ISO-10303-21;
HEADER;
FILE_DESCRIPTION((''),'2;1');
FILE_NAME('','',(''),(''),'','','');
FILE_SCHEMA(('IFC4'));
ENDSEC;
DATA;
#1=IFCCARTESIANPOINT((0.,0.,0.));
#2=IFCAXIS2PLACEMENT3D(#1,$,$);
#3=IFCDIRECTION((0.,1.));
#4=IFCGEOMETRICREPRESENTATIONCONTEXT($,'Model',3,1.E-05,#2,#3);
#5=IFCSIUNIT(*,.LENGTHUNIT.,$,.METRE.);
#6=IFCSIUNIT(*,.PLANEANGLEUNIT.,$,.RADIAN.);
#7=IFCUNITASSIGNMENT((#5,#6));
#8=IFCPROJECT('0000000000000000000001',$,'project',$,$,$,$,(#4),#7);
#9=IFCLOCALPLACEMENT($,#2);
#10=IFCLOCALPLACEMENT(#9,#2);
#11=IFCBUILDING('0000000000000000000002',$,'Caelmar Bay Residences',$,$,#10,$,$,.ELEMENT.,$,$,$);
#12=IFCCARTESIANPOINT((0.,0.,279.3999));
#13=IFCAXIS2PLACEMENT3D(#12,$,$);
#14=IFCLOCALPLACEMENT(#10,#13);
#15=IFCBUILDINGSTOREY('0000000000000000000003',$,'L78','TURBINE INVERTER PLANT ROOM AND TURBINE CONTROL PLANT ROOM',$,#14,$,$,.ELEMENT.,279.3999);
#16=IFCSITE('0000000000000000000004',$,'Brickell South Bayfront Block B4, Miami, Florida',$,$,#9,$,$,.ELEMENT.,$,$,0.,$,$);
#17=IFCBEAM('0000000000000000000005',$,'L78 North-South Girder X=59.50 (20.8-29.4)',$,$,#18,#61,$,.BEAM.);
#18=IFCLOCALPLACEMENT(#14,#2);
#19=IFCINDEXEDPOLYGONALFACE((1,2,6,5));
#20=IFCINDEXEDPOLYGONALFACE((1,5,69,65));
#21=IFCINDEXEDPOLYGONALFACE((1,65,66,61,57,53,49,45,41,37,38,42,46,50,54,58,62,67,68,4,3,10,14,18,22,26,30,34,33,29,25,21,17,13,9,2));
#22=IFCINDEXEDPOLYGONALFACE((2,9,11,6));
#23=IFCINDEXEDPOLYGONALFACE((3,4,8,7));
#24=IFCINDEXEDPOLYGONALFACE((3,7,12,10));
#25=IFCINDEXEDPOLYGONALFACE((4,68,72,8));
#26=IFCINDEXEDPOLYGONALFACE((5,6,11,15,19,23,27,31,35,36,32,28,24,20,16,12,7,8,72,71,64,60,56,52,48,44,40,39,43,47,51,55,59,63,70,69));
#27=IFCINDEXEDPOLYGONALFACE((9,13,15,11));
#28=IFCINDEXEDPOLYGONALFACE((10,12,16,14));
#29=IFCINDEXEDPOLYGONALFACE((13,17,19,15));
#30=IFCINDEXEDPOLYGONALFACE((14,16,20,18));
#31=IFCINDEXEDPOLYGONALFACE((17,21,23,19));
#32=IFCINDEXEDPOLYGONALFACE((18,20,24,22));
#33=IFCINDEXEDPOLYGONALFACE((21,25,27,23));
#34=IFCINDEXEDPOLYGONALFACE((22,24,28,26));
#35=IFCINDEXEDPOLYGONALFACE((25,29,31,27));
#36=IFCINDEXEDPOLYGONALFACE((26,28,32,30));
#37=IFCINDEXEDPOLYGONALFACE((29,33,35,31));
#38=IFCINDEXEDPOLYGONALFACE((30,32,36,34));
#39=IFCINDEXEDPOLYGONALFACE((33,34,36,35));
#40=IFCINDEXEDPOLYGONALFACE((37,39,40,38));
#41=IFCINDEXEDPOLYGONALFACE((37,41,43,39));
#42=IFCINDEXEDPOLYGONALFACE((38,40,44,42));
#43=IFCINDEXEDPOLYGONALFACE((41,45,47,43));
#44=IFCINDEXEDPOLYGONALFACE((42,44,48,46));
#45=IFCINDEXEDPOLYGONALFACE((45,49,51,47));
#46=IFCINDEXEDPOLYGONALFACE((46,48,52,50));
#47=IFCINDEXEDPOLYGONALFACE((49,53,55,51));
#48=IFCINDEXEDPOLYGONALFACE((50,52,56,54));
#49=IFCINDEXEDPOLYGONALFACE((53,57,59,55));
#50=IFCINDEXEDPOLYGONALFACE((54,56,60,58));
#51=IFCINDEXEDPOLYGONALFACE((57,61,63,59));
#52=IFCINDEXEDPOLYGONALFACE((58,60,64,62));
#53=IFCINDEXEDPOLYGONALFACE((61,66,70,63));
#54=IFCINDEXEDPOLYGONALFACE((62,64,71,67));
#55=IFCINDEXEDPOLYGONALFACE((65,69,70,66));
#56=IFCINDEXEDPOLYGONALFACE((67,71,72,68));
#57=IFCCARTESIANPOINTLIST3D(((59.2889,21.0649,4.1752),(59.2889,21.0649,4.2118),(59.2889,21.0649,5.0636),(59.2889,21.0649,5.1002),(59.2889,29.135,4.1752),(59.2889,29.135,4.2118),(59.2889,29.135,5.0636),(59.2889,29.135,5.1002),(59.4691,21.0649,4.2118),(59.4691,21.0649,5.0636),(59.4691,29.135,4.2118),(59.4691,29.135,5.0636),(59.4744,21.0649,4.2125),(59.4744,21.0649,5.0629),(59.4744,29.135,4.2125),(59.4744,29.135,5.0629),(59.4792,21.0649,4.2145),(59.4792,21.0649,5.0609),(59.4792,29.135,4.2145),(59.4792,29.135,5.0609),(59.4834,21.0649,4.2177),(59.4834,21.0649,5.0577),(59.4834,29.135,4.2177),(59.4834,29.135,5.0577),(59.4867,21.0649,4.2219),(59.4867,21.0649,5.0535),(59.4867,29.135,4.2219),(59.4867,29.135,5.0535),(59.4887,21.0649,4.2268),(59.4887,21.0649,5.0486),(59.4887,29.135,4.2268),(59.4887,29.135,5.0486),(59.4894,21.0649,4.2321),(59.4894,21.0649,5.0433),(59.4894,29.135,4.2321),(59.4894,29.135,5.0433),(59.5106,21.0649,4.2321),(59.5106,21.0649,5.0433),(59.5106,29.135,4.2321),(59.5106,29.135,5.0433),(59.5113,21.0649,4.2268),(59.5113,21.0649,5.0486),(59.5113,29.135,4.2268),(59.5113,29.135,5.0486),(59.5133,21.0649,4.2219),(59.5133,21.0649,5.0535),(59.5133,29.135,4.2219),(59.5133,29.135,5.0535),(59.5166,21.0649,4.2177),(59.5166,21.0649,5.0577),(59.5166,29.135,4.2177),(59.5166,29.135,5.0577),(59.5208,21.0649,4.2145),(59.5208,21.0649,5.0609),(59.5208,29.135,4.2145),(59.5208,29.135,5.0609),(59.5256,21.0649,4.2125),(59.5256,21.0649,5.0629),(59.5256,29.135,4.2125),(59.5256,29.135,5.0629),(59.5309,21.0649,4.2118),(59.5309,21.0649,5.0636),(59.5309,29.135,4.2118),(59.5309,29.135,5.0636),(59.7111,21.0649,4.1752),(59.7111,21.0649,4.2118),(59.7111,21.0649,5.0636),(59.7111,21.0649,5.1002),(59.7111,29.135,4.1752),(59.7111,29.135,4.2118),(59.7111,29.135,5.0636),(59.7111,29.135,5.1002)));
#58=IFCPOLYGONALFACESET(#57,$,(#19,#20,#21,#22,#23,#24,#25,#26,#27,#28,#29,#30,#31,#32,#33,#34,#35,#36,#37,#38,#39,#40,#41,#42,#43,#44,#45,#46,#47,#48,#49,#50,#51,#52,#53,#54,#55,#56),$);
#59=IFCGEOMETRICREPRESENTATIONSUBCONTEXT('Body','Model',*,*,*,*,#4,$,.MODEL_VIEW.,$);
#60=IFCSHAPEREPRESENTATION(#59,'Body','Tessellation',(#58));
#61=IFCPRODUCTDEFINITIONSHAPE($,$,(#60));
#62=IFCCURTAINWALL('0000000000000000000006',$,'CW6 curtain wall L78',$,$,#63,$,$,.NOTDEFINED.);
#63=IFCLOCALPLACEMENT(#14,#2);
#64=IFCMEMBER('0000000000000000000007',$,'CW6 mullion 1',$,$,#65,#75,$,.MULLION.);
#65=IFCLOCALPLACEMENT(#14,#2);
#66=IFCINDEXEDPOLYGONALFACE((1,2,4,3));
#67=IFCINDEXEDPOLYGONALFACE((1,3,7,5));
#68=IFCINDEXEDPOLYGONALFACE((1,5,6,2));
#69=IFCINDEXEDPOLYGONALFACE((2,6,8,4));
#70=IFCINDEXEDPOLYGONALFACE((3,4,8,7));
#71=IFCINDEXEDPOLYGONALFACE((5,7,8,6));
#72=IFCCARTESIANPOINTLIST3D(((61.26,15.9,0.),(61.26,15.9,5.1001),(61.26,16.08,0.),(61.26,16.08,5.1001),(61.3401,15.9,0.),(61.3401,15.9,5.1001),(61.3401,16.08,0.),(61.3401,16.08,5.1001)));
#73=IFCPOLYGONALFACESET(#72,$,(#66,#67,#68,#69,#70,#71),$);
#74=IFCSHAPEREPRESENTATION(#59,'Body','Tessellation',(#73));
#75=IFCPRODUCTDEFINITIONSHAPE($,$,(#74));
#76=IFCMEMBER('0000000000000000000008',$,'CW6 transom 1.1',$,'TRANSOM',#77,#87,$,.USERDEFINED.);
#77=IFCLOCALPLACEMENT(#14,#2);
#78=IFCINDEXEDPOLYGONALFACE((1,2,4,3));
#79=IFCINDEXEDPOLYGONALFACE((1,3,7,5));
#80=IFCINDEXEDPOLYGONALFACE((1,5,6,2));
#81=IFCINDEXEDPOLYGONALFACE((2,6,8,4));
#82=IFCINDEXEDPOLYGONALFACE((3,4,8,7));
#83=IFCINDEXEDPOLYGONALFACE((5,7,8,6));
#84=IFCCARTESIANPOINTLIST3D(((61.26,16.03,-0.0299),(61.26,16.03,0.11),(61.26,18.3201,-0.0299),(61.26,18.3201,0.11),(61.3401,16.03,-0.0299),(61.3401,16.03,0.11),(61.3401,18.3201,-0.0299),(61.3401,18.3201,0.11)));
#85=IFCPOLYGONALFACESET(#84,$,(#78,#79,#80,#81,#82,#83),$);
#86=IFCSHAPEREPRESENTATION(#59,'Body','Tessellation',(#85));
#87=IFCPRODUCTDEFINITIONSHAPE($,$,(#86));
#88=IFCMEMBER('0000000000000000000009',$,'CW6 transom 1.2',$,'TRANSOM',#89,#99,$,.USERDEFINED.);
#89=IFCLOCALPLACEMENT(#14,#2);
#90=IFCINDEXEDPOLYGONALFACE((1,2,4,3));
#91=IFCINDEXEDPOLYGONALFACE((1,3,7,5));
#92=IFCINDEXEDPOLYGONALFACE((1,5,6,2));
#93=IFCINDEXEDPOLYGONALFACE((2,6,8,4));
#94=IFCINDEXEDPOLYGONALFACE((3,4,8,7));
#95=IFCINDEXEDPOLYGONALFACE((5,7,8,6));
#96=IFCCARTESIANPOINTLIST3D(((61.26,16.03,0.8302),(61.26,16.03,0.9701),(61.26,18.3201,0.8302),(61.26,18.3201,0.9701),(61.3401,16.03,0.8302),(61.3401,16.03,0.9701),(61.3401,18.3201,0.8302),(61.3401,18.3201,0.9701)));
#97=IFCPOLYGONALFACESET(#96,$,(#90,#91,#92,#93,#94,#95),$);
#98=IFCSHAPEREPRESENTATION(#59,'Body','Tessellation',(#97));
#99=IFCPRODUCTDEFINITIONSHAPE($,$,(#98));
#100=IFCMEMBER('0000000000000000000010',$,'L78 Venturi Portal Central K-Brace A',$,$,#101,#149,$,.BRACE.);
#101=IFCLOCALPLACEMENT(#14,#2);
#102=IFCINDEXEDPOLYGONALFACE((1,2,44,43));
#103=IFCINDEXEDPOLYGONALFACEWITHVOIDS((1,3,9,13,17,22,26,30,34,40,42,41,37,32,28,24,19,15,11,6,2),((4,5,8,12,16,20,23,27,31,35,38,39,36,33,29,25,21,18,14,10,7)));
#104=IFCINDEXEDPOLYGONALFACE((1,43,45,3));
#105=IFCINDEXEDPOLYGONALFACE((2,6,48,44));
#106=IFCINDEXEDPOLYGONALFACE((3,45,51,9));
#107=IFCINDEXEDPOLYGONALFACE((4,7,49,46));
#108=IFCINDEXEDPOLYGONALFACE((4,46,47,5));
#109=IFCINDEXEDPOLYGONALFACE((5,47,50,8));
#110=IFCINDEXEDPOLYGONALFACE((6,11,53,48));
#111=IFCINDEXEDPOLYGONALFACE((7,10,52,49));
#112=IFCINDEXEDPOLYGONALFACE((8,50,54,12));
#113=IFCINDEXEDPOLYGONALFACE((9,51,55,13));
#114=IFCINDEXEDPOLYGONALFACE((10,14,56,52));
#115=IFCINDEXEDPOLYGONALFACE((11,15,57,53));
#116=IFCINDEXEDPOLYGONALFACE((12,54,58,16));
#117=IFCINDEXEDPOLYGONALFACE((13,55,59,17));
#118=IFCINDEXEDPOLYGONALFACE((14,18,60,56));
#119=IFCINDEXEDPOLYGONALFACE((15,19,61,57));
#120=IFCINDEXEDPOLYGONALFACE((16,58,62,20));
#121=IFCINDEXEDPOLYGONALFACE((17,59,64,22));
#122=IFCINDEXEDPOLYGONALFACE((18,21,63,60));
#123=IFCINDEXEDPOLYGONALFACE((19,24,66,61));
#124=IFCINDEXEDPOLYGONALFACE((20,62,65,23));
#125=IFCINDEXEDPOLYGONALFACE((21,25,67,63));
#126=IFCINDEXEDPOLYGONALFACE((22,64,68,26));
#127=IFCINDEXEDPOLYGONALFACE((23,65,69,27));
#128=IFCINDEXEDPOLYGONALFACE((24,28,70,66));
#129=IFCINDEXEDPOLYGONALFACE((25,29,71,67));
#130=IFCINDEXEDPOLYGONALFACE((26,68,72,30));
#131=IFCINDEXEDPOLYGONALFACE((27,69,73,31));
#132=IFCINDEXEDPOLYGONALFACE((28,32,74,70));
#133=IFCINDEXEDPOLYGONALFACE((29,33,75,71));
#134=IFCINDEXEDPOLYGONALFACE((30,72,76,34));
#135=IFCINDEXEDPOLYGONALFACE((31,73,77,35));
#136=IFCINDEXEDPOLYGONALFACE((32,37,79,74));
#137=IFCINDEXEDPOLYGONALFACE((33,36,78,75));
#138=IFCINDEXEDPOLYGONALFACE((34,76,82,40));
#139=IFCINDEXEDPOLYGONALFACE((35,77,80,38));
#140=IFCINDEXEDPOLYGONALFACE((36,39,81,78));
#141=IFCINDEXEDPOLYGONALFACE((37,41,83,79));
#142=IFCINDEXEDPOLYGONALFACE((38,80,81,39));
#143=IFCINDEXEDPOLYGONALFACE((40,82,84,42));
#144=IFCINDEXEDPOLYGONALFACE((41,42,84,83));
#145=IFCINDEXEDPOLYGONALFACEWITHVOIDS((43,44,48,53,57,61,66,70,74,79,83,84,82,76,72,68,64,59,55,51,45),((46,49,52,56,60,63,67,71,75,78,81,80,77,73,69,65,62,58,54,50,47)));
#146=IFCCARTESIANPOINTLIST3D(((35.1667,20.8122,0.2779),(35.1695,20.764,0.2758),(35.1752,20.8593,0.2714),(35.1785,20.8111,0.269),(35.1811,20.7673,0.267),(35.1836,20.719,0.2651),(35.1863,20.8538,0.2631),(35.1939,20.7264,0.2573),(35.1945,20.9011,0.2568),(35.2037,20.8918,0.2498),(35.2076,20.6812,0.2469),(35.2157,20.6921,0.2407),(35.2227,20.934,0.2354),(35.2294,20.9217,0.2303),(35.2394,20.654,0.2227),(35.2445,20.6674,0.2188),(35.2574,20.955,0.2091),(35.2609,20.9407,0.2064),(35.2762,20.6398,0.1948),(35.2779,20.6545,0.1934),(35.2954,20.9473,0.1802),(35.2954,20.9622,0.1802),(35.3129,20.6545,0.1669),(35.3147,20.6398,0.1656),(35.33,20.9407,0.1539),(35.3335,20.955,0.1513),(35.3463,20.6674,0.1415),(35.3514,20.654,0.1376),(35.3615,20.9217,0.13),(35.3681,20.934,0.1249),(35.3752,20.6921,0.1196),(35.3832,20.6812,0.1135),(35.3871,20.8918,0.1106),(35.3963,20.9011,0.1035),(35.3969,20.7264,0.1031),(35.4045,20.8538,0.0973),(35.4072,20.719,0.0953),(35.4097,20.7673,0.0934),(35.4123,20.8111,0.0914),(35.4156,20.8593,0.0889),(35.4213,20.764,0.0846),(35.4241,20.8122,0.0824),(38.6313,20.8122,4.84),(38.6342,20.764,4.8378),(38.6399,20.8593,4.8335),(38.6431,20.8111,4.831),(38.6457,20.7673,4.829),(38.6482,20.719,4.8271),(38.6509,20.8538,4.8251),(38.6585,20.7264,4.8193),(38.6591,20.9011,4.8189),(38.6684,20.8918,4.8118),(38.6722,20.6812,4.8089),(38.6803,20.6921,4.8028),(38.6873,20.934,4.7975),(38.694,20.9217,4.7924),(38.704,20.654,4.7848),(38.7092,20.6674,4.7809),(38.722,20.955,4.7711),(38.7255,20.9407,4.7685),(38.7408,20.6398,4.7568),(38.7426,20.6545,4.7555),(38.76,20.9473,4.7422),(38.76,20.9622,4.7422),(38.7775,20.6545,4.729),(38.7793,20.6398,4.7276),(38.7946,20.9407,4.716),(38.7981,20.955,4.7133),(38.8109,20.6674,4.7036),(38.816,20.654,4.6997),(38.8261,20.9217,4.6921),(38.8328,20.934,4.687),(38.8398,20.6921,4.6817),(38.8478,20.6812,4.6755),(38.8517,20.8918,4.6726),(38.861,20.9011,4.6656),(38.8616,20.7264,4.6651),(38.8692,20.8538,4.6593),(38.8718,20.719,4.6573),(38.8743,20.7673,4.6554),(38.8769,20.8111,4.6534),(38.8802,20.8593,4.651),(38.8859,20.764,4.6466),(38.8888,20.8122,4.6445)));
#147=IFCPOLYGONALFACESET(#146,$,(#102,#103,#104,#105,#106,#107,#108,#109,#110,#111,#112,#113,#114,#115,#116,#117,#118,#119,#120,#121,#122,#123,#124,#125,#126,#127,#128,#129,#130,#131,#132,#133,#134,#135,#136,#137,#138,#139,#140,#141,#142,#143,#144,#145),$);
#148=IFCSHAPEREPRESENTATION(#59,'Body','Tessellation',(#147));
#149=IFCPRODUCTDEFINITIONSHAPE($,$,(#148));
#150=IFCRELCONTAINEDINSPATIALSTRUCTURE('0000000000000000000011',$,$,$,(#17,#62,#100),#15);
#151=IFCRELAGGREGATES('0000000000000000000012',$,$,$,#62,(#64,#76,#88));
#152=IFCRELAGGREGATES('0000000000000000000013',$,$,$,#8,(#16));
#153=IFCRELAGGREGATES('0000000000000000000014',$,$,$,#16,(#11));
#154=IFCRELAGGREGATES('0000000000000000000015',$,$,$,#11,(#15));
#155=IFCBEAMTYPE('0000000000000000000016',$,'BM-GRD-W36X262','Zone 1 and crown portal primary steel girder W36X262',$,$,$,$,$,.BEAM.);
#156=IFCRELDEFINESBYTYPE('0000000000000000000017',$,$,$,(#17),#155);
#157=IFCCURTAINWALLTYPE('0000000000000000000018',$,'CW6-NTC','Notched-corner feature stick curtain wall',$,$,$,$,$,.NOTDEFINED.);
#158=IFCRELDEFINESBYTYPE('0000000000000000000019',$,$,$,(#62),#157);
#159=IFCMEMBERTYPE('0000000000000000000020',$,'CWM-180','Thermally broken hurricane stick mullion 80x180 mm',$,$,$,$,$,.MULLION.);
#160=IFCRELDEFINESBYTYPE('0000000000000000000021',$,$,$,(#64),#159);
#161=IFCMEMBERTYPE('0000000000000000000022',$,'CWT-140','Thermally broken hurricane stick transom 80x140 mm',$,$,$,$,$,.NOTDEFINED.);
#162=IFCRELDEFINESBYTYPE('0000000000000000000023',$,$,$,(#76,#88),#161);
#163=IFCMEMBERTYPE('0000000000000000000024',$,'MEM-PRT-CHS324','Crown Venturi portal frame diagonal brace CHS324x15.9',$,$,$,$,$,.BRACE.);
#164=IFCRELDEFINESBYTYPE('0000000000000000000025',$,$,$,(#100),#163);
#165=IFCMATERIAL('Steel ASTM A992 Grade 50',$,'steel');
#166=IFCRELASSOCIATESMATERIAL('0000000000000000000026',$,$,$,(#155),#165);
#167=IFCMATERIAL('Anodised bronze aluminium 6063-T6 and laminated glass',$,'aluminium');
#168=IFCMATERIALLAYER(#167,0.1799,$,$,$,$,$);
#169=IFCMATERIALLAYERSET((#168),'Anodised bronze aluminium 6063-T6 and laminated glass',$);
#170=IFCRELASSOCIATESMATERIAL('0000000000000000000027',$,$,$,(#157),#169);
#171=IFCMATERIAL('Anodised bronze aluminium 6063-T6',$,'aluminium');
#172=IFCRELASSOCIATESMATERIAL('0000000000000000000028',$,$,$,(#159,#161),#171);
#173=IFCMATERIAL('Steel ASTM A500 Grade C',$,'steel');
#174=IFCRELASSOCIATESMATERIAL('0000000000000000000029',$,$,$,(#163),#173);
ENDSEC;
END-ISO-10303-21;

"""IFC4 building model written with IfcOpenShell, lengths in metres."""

from ifc_helpers import new_model, si_unit, direction, frame, origin, origin_2d, place, context, subcontext, project, spatial, rectangle, hollow_circle, i_section, extrude, material, layer, layer_set, material_profile, profile_set, type_object, element, aggregate, save


model = new_model("IFC4")

# Units and contexts
model_context = context("Model", 3, precision=1e-05, world=origin(), true_north=direction((0.0, 1.0)))
body_context = subcontext(model_context, "Body", "Model", "MODEL_VIEW")
ifc_project = project(units=[si_unit("LENGTHUNIT", "METRE"), si_unit("PLANEANGLEUNIT", "RADIAN")], contexts=[model_context])

# Site, building, storey
site_placement = place(None, origin())
site = spatial("IfcSite", under=ifc_project, at=site_placement, Name="Brickell South Bayfront Block B4, Miami, Florida", CompositionType="ELEMENT", RefElevation=0.0)
building_placement = place(site_placement, origin())
building = spatial("IfcBuilding", under=site, at=building_placement, Name="Caelmar Bay Residences", CompositionType="ELEMENT")
storey_placement = place(building_placement, frame((0.0, 0.0, 279.3999)))
storey = spatial("IfcBuildingStorey", under=building, at=storey_placement, Name="L78", Description="TURBINE INVERTER PLANT ROOM AND TURBINE CONTROL PLANT ROOM", CompositionType="ELEMENT", Elevation=279.3999)

# Shared definitions
ifc_material_1 = material(Name="Steel ASTM A992 Grade 50", Category="steel")

# Beam
ifc_material_profile_1 = material_profile(ifc_material_1, i_section(OverallWidth=0.4221, OverallDepth=0.925, WebThickness=0.0212, FlangeThickness=0.0366, FilletRadius=0.0203, at=origin_2d()), Name="W36X262")
ifc_profile_set_1 = profile_set([ifc_material_profile_1], Name="Steel ASTM A992 Grade 50")
beam_type_1 = type_object("IfcBeamType", Name="BM-GRD-W36X262", Description="Zone 1 and crown portal primary steel girder W36X262", PredefinedType="BEAM", material=ifc_profile_set_1)
beam_1_placement = place(storey_placement, frame((59.5, 21.0649, 4.6377), z_axis=(0.0, 1.0, 0.0), x_axis=(-1.0, 0.0, 0.0)))
element("IfcBeam", 1, at=beam_1_placement, inside=storey, type_object=beam_type_1, Name="L78 North-South Girder X=59.50 (20.8-29.4)", PredefinedType="BEAM", context=body_context, shape_type="SweptSolid", body=[
    extrude(i_section(OverallWidth=0.4221, OverallDepth=0.925, WebThickness=0.0212, FlangeThickness=0.0366, FilletRadius=0.0203, at=origin_2d()), origin(), (0.0, 0.0, 1.0), 8.0701),
])

# Curtain wall, members
ifc_material_2 = material(Name="Anodised bronze aluminium 6063-T6 and laminated glass", Category="aluminium")
ifc_layer_1 = layer(ifc_material_2, 0.1799)
ifc_layer_set_1 = layer_set([ifc_layer_1], Name="Anodised bronze aluminium 6063-T6 and laminated glass")
curtain_wall_type = type_object("IfcCurtainWallType", Name="CW6-NTC", Description="Notched-corner feature stick curtain wall", PredefinedType="NOTDEFINED", material=ifc_layer_set_1)
curtain_wall_placement = place(storey_placement, origin())
curtain_wall = element("IfcCurtainWall", 2, at=curtain_wall_placement, inside=storey, type_object=curtain_wall_type, Name="CW6 curtain wall L78", PredefinedType="NOTDEFINED")
ifc_material_3 = material(Name="Anodised bronze aluminium 6063-T6", Category="aluminium")
ifc_material_profile_2 = material_profile(ifc_material_3, rectangle(XDim=0.0801, YDim=0.1799, at=origin_2d()), Name="CWM-80X180")
ifc_profile_set_2 = profile_set([ifc_material_profile_2], Name="Anodised bronze aluminium 6063-T6")
member_type_1 = type_object("IfcMemberType", Name="CWM-180", Description="Thermally broken hurricane stick mullion 80x180 mm", PredefinedType="MULLION", material=ifc_profile_set_2)
member_1_placement = place(storey_placement, frame((61.3, 15.99, 0.0), z_axis=(0.0, 0.0, 1.0), x_axis=(-1.0, 0.0, 0.0)))
member_1 = element("IfcMember", 3, at=member_1_placement, type_object=member_type_1, Name="CW6 mullion 1", PredefinedType="MULLION", context=body_context, shape_type="SweptSolid", body=[
    extrude(rectangle(XDim=0.0801, YDim=0.1799, at=origin_2d()), origin(), (0.0, 0.0, 1.0), 5.1001),
])
ifc_material_profile_3 = material_profile(ifc_material_3, rectangle(XDim=0.0801, YDim=0.1399, at=origin_2d()), Name="CWT-80X140")
ifc_profile_set_3 = profile_set([ifc_material_profile_3], Name="Anodised bronze aluminium 6063-T6")
member_type_2 = type_object("IfcMemberType", Name="CWT-140", Description="Thermally broken hurricane stick transom 80x140 mm", PredefinedType="NOTDEFINED", material=ifc_profile_set_3)
member_2_placement = place(storey_placement, frame((61.3, 16.03, 0.04), z_axis=(0.0, 1.0, 0.0), x_axis=(-1.0, 0.0, 0.0)))
member_2 = element("IfcMember", 4, at=member_2_placement, type_object=member_type_2, Name="CW6 transom 1.1", ObjectType="TRANSOM", PredefinedType="USERDEFINED", context=body_context, shape_type="SweptSolid", body=[
    extrude(rectangle(XDim=0.0801, YDim=0.1399, at=origin_2d()), origin(), (0.0, 0.0, 1.0), 2.29),
])
member_3_placement = place(storey_placement, frame((61.3, 16.03, 0.9001), z_axis=(0.0, 1.0, 0.0), x_axis=(-1.0, 0.0, 0.0)))
member_3 = element("IfcMember", 5, at=member_3_placement, type_object=member_type_2, Name="CW6 transom 1.2", ObjectType="TRANSOM", PredefinedType="USERDEFINED", context=body_context, shape_type="SweptSolid", body=[
    extrude(rectangle(XDim=0.0801, YDim=0.1399, at=origin_2d()), origin(), (0.0, 0.0, 1.0), 2.29),
])
aggregate(curtain_wall, [member_1, member_2, member_3])

# Member
ifc_material_4 = material(Name="Steel ASTM A500 Grade C", Category="steel")
ifc_material_profile_4 = material_profile(ifc_material_4, hollow_circle(Radius=0.1621, WallThickness=0.0149, at=origin_2d()), Name="CHS324X15.9")
ifc_profile_set_4 = profile_set([ifc_material_profile_4], Name="Steel ASTM A500 Grade C")
member_type_3 = type_object("IfcMemberType", Name="MEM-PRT-CHS324", Description="Crown Venturi portal frame diagonal brace CHS324x15.9", PredefinedType="BRACE", material=ifc_profile_set_4)
member_4_placement = place(storey_placement, frame((35.2954, 20.8, 0.1802), z_axis=(0.604803, 0.0, 0.796375), x_axis=(0.0, 1.0, 0.0)))
element("IfcMember", 6, at=member_4_placement, inside=storey, type_object=member_type_3, Name="L78 Venturi Portal Central K-Brace A", PredefinedType="BRACE", context=body_context, shape_type="SweptSolid", body=[
    extrude(hollow_circle(Radius=0.1621, WallThickness=0.0149, at=origin_2d()), origin(), (0.0, 0.0, 1.0), 5.7285),
])

save(model, "model.ifc")
